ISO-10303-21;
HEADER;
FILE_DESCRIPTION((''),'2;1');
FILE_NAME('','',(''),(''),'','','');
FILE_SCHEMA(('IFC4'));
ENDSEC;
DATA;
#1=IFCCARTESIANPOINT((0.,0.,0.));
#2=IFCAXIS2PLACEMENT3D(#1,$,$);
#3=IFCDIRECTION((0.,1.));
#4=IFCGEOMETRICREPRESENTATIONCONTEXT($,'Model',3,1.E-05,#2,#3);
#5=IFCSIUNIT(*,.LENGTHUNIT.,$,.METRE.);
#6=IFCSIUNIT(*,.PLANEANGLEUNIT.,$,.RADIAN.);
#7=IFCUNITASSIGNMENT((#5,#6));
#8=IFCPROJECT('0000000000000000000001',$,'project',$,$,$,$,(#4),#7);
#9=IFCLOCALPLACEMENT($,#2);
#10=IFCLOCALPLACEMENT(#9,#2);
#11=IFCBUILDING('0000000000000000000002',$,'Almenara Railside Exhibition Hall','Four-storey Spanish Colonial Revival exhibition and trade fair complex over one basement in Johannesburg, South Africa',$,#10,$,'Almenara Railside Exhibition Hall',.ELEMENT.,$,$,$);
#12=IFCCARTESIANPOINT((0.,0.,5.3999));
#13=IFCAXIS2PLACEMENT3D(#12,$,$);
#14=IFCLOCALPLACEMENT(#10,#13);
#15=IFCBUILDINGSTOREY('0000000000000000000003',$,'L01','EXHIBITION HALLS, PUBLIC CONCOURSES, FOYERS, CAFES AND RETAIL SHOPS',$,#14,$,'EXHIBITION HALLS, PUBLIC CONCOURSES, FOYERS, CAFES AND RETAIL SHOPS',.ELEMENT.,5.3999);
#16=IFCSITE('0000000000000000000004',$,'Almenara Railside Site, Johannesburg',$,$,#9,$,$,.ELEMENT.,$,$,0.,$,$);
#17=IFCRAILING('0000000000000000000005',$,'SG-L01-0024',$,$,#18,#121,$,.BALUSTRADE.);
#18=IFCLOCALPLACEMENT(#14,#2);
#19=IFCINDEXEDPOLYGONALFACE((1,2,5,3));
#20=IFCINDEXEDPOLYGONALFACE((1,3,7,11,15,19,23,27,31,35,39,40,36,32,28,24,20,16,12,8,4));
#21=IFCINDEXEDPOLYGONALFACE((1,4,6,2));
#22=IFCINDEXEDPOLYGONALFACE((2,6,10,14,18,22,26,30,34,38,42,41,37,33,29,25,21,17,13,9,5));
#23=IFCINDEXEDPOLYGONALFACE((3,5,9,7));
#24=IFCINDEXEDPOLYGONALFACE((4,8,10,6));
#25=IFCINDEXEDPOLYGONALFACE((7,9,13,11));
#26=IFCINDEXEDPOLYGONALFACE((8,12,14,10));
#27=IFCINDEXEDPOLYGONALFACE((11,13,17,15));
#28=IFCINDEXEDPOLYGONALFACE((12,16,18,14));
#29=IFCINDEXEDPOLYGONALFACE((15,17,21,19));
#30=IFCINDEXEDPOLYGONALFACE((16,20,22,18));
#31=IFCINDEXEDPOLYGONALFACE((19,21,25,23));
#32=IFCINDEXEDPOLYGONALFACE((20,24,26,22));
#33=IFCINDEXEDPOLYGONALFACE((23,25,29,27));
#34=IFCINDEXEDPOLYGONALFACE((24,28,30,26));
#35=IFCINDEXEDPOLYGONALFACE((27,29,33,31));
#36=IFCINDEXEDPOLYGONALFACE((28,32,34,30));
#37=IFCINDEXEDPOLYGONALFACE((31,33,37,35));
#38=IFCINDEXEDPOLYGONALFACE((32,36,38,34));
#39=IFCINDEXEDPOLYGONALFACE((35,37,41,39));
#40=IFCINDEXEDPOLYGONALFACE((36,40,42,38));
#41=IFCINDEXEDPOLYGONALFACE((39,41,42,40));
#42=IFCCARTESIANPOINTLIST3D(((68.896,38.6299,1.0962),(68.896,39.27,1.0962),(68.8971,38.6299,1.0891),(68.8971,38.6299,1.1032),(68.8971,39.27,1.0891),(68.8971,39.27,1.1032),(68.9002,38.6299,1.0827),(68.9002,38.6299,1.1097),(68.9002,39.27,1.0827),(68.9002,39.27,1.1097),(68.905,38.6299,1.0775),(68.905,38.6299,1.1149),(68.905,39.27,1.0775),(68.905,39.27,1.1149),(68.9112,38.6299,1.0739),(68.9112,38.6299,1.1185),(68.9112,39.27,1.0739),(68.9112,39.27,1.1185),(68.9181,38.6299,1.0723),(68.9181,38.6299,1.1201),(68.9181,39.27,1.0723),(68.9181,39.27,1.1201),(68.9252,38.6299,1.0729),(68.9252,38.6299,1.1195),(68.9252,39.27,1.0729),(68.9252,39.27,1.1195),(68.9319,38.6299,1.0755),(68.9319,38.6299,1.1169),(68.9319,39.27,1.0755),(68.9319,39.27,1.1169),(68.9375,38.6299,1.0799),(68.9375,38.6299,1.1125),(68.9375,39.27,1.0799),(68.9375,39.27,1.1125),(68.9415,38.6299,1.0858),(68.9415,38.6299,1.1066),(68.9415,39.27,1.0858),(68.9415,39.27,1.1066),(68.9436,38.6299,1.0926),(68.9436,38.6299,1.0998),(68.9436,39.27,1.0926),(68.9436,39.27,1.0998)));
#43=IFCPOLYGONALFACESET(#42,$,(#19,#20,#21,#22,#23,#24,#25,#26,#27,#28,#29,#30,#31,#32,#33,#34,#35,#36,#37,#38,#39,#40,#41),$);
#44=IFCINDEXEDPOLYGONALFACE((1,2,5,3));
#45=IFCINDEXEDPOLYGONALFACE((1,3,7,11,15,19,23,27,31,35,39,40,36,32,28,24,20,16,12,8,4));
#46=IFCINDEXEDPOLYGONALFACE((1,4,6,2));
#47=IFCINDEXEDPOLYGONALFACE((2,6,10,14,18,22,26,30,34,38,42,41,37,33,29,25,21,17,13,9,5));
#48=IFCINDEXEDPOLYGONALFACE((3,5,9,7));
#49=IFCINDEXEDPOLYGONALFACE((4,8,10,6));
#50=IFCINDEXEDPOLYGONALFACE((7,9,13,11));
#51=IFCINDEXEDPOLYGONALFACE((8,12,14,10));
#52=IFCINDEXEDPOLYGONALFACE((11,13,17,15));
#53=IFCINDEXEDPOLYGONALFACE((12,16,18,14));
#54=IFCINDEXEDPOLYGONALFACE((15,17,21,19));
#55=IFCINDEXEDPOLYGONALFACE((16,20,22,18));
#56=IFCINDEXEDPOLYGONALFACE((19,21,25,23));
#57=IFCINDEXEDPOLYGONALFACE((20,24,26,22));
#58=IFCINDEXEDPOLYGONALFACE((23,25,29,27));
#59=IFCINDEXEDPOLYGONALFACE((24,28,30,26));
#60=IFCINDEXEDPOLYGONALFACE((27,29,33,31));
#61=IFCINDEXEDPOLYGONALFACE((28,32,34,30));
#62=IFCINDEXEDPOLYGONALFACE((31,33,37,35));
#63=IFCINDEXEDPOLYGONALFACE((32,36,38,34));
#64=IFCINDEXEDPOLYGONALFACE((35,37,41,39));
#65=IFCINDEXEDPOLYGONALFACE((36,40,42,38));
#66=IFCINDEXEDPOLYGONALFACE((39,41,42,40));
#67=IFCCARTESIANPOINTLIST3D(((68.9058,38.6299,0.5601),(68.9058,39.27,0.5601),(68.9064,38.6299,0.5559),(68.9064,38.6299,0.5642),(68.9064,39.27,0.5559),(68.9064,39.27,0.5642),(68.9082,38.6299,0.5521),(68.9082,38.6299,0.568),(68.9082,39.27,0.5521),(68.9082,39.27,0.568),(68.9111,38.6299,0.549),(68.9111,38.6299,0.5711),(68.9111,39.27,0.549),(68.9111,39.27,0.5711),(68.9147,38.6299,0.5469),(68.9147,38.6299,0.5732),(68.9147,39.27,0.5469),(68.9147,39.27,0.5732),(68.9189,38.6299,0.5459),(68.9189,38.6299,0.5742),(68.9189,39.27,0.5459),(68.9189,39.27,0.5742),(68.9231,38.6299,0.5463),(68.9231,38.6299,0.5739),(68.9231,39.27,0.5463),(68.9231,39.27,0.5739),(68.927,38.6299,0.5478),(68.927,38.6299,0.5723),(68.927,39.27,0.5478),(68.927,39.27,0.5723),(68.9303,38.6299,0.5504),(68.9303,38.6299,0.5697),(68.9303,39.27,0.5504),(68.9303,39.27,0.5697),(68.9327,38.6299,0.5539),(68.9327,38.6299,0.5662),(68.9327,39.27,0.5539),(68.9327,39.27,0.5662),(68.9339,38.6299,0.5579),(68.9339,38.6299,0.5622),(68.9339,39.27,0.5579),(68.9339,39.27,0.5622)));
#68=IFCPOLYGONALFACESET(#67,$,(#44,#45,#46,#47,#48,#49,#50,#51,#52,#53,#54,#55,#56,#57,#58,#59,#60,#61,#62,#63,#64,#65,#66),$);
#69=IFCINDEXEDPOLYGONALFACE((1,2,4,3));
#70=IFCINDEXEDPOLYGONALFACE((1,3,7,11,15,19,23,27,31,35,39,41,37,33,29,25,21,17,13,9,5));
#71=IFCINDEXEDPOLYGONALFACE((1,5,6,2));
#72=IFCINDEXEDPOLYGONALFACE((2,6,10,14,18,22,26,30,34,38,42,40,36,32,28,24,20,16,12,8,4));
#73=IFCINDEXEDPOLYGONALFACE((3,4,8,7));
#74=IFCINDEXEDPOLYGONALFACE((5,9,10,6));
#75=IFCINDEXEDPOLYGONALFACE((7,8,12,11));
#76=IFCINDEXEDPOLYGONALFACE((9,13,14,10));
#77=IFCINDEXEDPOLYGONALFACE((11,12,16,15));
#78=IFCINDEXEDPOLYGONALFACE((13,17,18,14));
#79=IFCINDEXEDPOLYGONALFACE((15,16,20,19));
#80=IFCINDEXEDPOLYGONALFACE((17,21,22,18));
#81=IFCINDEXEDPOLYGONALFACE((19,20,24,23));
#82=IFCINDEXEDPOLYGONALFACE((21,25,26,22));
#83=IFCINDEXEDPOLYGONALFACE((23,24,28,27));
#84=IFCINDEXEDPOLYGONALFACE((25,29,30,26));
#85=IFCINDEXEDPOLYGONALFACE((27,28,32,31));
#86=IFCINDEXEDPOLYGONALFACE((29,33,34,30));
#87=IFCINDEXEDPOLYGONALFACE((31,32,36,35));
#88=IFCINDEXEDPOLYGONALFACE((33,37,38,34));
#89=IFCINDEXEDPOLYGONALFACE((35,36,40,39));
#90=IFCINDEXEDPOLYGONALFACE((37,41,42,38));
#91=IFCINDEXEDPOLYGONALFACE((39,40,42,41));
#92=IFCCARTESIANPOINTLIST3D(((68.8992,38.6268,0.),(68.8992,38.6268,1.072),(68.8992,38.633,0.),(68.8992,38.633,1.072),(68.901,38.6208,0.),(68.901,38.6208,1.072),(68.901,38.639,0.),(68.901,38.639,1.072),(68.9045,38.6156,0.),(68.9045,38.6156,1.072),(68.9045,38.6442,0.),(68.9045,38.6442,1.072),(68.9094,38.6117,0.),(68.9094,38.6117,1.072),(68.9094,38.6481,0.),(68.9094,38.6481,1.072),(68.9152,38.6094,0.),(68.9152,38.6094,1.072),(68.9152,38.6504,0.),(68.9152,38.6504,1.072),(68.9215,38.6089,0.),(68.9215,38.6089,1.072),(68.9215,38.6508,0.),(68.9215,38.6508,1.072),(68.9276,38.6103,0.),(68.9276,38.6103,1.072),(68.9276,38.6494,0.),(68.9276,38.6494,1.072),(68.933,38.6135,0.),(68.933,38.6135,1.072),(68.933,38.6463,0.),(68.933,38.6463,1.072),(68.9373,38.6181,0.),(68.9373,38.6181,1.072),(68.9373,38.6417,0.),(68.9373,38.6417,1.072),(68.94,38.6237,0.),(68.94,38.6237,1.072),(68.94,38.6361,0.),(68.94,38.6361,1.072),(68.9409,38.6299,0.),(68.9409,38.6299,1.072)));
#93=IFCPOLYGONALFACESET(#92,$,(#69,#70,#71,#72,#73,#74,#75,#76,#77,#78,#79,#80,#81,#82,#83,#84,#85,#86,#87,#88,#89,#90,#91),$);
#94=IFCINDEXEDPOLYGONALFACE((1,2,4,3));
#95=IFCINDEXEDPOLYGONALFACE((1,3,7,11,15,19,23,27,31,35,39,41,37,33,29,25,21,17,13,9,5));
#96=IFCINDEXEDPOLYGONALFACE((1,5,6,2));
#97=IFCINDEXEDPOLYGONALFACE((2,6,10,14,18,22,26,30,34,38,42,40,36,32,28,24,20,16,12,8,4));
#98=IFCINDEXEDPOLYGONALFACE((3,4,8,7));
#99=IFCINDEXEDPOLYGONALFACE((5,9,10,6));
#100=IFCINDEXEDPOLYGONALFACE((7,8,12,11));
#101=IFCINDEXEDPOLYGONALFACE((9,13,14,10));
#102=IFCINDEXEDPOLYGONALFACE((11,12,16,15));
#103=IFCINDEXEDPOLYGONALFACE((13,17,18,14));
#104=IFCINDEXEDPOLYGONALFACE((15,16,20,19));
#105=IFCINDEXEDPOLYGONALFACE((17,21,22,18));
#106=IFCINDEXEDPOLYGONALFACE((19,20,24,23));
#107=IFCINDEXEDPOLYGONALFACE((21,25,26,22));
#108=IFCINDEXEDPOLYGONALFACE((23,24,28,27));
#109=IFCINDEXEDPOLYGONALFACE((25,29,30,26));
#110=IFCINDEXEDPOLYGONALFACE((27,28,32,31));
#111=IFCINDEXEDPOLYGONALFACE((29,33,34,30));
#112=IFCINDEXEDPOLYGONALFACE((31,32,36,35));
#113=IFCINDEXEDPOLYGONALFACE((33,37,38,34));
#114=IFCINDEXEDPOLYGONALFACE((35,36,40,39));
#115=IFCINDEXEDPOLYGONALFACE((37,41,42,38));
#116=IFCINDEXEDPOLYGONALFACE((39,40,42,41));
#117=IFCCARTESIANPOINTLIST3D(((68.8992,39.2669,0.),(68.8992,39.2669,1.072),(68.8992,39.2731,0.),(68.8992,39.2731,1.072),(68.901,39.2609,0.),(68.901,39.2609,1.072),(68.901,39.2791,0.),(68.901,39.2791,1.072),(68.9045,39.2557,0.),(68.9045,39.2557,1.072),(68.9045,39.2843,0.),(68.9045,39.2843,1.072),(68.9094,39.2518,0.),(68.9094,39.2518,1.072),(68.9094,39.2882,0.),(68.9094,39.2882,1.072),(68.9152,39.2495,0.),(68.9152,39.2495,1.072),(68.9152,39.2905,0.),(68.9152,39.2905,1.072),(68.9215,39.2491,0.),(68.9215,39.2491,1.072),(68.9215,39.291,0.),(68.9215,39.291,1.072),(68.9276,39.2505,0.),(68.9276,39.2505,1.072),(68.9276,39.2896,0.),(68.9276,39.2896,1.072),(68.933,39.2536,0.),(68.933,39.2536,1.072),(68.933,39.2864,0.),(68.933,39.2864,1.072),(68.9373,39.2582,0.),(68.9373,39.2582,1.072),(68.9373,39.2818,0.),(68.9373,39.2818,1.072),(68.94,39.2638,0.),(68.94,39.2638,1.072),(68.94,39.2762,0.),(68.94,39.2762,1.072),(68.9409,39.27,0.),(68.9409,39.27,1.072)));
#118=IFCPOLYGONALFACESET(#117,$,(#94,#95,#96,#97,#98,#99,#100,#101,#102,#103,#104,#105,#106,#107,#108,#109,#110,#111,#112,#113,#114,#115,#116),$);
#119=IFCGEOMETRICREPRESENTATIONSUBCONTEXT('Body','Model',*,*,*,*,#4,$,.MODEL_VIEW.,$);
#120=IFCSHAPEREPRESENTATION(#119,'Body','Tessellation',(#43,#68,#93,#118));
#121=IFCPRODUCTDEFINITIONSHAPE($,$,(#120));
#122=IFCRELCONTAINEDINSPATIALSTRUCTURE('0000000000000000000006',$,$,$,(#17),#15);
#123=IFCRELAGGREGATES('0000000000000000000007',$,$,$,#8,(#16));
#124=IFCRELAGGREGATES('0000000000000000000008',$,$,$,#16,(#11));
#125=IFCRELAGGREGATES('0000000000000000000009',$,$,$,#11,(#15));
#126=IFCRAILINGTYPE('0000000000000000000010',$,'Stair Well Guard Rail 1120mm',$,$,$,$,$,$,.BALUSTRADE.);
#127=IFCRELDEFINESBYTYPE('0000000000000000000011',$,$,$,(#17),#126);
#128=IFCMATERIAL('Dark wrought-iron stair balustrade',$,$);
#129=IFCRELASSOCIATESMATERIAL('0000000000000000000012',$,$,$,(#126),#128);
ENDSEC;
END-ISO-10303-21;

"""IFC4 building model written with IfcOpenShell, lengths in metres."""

from ifc_helpers import new_model, si_unit, direction, frame, origin, origin_2d, place, context, subcontext, project, spatial, circle, extrude, material, type_object, element, save


model = new_model("IFC4")

# Units and contexts
model_context = context("Model", 3, precision=1e-05, world=origin(), true_north=direction((0.0, 1.0)))
body_context = subcontext(model_context, "Body", "Model", "MODEL_VIEW")
ifc_project = project(units=[si_unit("LENGTHUNIT", "METRE"), si_unit("PLANEANGLEUNIT", "RADIAN")], contexts=[model_context])

# Site, building, storey
site_placement = place(None, origin())
site = spatial("IfcSite", under=ifc_project, at=site_placement, Name="Almenara Railside Site, Johannesburg", CompositionType="ELEMENT", RefElevation=0.0)
building_placement = place(site_placement, origin())
building = spatial("IfcBuilding", under=site, at=building_placement, Name="Almenara Railside Exhibition Hall", Description="Four-storey Spanish Colonial Revival exhibition and trade fair complex over one basement in Johannesburg, South Africa", LongName="Almenara Railside Exhibition Hall", CompositionType="ELEMENT")
storey_placement = place(building_placement, frame((0.0, 0.0, 5.3999)))
storey = spatial("IfcBuildingStorey", under=building, at=storey_placement, Name="L01", Description="EXHIBITION HALLS, PUBLIC CONCOURSES, FOYERS, CAFES AND RETAIL SHOPS", LongName="EXHIBITION HALLS, PUBLIC CONCOURSES, FOYERS, CAFES AND RETAIL SHOPS", CompositionType="ELEMENT", Elevation=5.3999)

# Railing
ifc_material_1 = material(Name="Dark wrought-iron stair balustrade")
railing_type_1 = type_object("IfcRailingType", Name="Stair Well Guard Rail 1120mm", PredefinedType="BALUSTRADE", material=ifc_material_1)
railing_1_placement = place(storey_placement, frame((68.9199, 38.6299, 0.0)))
element("IfcRailing", 1, at=railing_1_placement, inside=storey, type_object=railing_type_1, Name="SG-L01-0024", PredefinedType="BALUSTRADE", context=body_context, shape_type="SweptSolid", body=[
    extrude(circle(Radius=0.0239, at=origin_2d()), frame((0.0, 0.0, 1.0962), z_axis=(0.0, 1.0, 0.0), x_axis=(-1.0, 0.0, 0.0)), (0.0, 0.0, 1.0), 0.6401),
    extrude(circle(Radius=0.0142, at=origin_2d()), frame((0.0, 0.0, 0.5601), z_axis=(0.0, 1.0, 0.0), x_axis=(-1.0, 0.0, 0.0)), (0.0, 0.0, 1.0), 0.6401),
    extrude(circle(Radius=0.021, at=origin_2d()), origin(), (0.0, 0.0, 1.0), 1.072),
    extrude(circle(Radius=0.021, at=origin_2d()), frame((0.0, 0.6401, 0.0)), (0.0, 0.0, 1.0), 1.072),
])

save(model, "model.ifc")
